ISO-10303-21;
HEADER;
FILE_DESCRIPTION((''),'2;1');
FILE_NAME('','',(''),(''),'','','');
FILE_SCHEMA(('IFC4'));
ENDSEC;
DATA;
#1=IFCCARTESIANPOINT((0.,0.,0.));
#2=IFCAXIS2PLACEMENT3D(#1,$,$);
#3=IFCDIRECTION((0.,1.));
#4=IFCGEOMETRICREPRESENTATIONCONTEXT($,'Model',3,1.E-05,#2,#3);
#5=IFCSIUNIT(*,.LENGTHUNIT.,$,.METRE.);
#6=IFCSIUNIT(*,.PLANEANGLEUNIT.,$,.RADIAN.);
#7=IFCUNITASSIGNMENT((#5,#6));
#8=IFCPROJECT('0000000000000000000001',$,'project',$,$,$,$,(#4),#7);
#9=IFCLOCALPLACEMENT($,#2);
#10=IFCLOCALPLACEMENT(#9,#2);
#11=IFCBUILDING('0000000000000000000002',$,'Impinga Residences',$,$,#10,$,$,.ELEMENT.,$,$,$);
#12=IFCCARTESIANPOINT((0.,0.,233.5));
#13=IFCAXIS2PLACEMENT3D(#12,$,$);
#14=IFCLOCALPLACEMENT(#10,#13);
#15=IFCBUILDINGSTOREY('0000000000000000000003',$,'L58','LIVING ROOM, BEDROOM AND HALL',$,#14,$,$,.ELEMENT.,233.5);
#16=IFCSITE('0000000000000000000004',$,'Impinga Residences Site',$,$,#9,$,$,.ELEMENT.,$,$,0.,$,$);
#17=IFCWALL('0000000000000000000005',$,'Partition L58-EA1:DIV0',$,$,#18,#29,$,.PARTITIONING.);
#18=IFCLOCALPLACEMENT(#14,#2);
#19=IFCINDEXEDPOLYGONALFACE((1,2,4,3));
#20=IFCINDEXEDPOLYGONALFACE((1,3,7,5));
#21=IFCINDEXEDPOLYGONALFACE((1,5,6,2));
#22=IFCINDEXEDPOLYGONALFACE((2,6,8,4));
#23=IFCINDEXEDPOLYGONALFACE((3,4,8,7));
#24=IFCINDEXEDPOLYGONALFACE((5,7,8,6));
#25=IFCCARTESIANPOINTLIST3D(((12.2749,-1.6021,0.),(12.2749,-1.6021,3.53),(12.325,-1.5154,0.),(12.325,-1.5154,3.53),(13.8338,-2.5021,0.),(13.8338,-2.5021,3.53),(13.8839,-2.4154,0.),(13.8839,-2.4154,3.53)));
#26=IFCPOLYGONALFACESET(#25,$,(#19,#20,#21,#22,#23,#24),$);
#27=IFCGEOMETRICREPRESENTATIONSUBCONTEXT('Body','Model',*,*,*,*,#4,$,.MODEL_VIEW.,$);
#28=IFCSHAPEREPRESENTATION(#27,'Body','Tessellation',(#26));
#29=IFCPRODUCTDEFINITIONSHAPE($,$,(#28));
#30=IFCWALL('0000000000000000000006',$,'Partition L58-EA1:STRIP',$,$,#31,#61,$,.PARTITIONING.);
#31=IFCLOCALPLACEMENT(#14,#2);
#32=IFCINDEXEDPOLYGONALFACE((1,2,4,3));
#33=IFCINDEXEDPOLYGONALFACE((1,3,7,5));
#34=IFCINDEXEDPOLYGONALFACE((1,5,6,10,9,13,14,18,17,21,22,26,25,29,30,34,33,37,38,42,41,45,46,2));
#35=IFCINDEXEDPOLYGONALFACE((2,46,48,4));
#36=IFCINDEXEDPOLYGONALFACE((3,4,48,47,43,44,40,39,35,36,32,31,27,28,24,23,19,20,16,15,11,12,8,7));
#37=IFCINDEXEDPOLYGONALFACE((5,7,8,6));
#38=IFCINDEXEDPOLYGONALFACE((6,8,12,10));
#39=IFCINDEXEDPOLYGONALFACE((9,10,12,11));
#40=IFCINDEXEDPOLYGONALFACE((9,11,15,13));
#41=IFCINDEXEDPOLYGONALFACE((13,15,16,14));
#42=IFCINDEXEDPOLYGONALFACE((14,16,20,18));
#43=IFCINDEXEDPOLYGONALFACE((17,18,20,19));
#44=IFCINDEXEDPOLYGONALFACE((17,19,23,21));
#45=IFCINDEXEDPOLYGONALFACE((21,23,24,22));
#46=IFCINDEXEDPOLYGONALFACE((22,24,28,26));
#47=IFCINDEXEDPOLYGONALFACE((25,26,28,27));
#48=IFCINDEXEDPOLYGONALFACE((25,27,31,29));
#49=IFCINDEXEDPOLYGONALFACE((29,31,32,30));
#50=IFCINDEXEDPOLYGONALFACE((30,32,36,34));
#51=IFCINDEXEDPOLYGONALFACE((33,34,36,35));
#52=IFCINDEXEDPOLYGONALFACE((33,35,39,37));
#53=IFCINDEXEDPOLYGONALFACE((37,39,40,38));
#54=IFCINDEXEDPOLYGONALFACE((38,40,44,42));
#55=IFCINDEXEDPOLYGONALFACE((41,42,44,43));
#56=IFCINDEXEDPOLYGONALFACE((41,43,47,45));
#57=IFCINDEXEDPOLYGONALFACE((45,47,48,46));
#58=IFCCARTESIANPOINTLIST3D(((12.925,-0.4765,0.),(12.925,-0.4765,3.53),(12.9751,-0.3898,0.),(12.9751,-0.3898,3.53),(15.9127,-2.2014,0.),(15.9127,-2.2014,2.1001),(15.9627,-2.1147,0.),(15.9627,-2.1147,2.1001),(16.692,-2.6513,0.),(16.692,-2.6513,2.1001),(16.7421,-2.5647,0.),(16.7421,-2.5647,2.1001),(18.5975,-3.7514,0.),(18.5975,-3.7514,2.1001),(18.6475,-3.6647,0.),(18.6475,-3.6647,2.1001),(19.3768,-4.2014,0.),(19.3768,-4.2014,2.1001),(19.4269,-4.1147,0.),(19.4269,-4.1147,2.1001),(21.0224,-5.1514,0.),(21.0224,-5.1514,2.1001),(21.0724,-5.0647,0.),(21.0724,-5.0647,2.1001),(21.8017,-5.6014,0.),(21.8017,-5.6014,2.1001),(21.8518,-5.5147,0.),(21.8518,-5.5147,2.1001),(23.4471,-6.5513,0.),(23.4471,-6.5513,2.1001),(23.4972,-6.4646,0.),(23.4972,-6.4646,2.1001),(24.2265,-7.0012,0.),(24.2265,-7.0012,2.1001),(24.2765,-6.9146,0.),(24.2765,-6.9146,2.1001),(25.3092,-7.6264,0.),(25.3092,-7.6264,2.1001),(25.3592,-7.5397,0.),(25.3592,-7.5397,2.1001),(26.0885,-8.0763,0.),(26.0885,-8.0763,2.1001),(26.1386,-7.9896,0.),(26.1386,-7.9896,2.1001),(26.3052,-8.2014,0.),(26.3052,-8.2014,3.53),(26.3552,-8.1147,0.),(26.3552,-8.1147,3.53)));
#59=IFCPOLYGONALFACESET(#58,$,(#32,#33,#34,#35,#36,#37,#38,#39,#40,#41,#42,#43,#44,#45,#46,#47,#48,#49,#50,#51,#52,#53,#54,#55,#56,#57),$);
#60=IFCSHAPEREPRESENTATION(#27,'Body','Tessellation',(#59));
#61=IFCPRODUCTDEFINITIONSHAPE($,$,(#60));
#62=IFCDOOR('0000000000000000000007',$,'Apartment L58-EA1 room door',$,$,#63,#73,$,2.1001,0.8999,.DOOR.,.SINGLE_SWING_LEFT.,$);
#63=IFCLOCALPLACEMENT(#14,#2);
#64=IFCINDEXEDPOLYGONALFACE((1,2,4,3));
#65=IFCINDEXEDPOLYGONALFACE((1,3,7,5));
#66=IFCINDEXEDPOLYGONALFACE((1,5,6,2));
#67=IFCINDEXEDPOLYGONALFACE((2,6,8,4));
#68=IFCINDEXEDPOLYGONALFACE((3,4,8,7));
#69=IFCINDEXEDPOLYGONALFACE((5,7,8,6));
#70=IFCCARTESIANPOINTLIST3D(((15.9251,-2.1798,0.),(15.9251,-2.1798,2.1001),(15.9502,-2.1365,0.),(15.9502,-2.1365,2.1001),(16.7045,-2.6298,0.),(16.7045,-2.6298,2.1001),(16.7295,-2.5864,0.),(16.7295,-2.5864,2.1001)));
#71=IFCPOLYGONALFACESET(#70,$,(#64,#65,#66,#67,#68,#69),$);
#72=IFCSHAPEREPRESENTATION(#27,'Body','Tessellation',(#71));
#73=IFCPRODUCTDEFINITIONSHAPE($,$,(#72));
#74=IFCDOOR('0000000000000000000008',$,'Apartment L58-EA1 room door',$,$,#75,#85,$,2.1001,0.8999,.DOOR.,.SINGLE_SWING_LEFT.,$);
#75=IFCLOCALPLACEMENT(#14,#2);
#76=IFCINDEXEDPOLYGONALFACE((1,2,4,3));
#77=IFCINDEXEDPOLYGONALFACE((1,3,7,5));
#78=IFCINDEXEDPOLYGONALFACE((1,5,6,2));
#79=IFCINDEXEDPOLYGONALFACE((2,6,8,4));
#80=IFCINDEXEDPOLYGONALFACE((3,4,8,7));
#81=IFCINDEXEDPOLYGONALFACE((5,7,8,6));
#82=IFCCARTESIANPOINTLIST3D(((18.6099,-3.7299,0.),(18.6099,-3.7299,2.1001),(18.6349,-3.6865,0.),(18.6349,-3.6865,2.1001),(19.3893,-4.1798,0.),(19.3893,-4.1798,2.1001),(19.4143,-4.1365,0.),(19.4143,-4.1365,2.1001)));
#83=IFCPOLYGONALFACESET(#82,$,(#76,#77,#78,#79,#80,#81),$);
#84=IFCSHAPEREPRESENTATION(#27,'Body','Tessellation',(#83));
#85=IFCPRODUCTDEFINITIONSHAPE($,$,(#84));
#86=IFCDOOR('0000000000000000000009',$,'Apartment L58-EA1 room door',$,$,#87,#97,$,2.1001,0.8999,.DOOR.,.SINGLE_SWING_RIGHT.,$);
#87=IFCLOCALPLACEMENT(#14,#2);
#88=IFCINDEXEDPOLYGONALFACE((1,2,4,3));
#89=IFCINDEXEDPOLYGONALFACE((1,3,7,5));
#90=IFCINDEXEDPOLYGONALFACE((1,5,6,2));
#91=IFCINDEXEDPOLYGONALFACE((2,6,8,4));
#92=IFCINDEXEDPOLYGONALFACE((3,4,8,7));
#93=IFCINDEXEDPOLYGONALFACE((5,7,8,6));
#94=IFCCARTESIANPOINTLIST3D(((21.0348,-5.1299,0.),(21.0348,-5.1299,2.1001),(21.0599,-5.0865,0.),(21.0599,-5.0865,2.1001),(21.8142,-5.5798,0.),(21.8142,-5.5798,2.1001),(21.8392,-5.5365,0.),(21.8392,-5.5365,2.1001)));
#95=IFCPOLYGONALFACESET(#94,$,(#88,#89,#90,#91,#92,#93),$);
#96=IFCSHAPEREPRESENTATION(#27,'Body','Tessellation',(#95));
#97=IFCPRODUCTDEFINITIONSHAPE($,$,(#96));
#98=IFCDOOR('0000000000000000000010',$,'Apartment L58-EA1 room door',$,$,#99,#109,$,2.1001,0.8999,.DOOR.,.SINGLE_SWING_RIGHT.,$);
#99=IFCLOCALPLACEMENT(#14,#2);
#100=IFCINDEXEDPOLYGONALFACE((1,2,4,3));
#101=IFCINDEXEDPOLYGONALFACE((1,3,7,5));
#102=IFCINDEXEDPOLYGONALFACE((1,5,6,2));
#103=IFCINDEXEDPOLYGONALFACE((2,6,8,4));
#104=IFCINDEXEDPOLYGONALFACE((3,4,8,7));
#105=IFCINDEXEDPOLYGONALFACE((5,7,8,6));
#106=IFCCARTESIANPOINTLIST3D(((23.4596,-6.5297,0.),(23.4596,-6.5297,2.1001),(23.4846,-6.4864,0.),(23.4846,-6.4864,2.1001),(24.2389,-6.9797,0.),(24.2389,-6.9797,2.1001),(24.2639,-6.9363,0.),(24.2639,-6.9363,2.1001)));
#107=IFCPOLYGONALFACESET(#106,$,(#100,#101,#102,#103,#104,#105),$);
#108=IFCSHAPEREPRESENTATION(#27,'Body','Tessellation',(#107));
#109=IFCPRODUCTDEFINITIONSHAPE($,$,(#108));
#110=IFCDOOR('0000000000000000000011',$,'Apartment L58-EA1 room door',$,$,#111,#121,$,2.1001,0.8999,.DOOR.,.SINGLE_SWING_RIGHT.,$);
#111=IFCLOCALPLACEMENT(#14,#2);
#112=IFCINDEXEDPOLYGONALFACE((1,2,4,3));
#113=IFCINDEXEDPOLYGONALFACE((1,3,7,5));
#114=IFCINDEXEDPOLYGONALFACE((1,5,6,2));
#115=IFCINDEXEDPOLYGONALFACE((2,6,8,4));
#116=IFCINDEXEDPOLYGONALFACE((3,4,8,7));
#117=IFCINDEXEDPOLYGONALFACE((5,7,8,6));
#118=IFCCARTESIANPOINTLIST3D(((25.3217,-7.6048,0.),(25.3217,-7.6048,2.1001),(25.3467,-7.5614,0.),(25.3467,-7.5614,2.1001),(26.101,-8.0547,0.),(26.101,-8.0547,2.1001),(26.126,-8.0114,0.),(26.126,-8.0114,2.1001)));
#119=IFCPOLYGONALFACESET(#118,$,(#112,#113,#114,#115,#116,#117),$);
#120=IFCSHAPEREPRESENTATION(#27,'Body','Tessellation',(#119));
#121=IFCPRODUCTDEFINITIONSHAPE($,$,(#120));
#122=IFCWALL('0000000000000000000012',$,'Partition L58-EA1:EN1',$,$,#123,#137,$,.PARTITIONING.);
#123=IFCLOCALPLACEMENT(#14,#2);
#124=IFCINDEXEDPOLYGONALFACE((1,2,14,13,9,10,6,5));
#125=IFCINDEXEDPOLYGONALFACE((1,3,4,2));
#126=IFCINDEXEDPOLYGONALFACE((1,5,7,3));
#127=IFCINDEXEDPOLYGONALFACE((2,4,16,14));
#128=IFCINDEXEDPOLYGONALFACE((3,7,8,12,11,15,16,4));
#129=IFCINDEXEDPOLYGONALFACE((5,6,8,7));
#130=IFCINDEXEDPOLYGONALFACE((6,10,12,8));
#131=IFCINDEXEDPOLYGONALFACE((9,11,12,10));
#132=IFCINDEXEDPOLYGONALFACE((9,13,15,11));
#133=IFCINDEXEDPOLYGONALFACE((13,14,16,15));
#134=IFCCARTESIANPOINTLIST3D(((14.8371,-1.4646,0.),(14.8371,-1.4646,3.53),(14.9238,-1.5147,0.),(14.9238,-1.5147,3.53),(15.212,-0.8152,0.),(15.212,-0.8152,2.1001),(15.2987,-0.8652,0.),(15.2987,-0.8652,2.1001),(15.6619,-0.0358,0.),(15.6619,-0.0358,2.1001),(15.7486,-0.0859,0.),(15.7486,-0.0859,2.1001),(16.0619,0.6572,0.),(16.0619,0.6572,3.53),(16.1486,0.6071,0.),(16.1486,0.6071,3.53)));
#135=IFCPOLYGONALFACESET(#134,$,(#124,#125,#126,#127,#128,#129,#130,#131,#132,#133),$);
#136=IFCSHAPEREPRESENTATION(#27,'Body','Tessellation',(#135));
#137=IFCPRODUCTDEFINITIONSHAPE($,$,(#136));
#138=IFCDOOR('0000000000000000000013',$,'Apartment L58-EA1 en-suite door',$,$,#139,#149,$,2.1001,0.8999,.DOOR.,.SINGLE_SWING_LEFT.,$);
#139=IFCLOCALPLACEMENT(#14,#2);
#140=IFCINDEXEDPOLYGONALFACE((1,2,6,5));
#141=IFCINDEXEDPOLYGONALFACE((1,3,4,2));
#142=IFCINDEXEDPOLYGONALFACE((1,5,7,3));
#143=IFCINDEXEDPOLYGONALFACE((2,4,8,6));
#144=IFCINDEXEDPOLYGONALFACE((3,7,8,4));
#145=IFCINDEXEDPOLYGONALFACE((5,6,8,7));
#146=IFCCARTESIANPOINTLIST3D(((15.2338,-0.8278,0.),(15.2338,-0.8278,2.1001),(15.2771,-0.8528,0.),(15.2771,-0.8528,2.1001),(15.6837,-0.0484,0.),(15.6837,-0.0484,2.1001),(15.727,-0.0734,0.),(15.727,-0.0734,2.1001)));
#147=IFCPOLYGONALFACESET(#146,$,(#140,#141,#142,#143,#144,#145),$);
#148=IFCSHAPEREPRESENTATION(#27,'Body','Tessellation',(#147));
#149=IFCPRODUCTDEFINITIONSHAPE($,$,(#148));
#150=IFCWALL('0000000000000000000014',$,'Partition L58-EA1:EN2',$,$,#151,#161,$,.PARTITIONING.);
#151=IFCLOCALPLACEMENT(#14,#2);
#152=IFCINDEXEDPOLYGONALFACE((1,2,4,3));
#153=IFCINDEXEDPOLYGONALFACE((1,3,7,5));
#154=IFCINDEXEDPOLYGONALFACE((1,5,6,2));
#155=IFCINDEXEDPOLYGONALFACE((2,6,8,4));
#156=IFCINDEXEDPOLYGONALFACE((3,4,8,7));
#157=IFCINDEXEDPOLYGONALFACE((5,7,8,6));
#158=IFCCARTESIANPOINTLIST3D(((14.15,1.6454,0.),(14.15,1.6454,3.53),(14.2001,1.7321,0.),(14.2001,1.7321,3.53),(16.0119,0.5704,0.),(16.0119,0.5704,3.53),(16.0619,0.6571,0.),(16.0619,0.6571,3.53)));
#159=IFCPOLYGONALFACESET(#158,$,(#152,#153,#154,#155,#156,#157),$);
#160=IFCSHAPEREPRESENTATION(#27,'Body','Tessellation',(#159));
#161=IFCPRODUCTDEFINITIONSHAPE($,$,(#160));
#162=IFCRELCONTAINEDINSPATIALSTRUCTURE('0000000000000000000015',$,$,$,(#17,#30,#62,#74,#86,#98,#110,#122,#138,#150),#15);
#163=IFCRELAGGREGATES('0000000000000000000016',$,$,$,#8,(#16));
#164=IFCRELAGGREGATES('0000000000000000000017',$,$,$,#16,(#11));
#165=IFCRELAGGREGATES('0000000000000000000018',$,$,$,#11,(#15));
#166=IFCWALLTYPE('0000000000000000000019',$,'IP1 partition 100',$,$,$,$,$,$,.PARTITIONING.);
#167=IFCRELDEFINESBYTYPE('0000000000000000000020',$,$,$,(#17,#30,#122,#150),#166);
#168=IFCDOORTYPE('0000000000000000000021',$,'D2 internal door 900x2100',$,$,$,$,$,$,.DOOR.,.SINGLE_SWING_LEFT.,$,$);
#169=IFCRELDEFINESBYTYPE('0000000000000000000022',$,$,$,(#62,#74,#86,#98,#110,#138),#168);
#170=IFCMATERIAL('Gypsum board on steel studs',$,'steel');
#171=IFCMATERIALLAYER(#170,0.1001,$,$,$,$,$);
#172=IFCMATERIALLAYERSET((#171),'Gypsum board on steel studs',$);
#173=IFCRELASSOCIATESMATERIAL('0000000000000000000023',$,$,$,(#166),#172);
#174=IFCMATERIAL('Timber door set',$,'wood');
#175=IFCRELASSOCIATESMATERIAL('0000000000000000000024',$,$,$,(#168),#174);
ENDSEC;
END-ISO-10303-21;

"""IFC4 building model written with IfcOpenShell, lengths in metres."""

from ifc_helpers import new_model, si_unit, direction, frame, frame_2d, origin, place, context, subcontext, project, spatial, rectangle, extrude, material, layer, layer_set, type_object, element, fill, save


model = new_model("IFC4")

# Units and contexts
model_context = context("Model", 3, precision=1e-05, world=origin(), true_north=direction((0.0, 1.0)))
body_context = subcontext(model_context, "Body", "Model", "MODEL_VIEW")
ifc_project = project(units=[si_unit("LENGTHUNIT", "METRE"), si_unit("PLANEANGLEUNIT", "RADIAN")], contexts=[model_context])

# Site, building, storey
site_placement = place(None, origin())
site = spatial("IfcSite", under=ifc_project, at=site_placement, Name="Impinga Residences Site", CompositionType="ELEMENT", RefElevation=0.0)
building_placement = place(site_placement, origin())
building = spatial("IfcBuilding", under=site, at=building_placement, Name="Impinga Residences", CompositionType="ELEMENT")
storey_placement = place(building_placement, frame((0.0, 0.0, 233.5)))
storey = spatial("IfcBuildingStorey", under=building, at=storey_placement, Name="L58", Description="LIVING ROOM, BEDROOM AND HALL", CompositionType="ELEMENT", Elevation=233.5)

# Wall
ifc_material_1 = material(Name="Gypsum board on steel studs", Category="steel")
ifc_layer_1 = layer(ifc_material_1, 0.1001)
ifc_layer_set_1 = layer_set([ifc_layer_1], Name="Gypsum board on steel studs")
wall_type_1 = type_object("IfcWallType", Name="IP1 partition 100", PredefinedType="PARTITIONING", material=ifc_layer_set_1)
wall_1_placement = place(storey_placement, frame((12.3, -1.5588, 0.0), z_axis=(0.0, 0.0, 1.0), x_axis=(0.866048, -0.499961, 0.0)))
element("IfcWall", 1, at=wall_1_placement, inside=storey, type_object=wall_type_1, Name="Partition L58-EA1:DIV0", PredefinedType="PARTITIONING", context=body_context, shape_type="SweptSolid", body=[
    extrude(rectangle(XDim=1.8, YDim=0.1001, at=frame_2d((0.8999, 0.0))), origin(), (0.0, 0.0, 1.0), 3.53),
])

# Wall, openings, doors
wall_2_placement = place(storey_placement, frame((12.95, -0.4331, 0.0), z_axis=(0.0, 0.0, 1.0), x_axis=(0.86603, -0.499992, 0.0)))
wall_2 = element("IfcWall", 2, at=wall_2_placement, inside=storey, type_object=wall_type_1, Name="Partition L58-EA1:STRIP", PredefinedType="PARTITIONING", context=body_context, shape_type="SweptSolid", body=[
    extrude(rectangle(XDim=15.45, YDim=0.1001, at=frame_2d((7.7251, 0.0))), origin(), (0.0, 0.0, 1.0), 3.53),
])
opening_1_placement = place(wall_2_placement, frame((3.45, 0.0, 0.0)))
opening_1 = element("IfcOpeningElement", 3, at=opening_1_placement, cuts=wall_2, PredefinedType="OPENING", context=body_context, shape_type="SweptSolid", body=[
    extrude(rectangle(XDim=0.8999, YDim=2.1001, at=frame_2d((0.45, 1.05))), frame((0.0, 0.0601, 0.0), z_axis=(0.0, -1.0, 0.0), x_axis=(1.0, 0.0, 0.0)), (0.0, 0.0, 1.0), 0.1201),
])
opening_2_placement = place(wall_2_placement, frame((6.55, 0.0, 0.0)))
opening_2 = element("IfcOpeningElement", 4, at=opening_2_placement, cuts=wall_2, PredefinedType="OPENING", context=body_context, shape_type="SweptSolid", body=[
    extrude(rectangle(XDim=0.8999, YDim=2.1001, at=frame_2d((0.45, 1.05))), frame((0.0, 0.0601, 0.0), z_axis=(0.0, -1.0, 0.0), x_axis=(1.0, 0.0, 0.0)), (0.0, 0.0, 1.0), 0.1201),
])
opening_3_placement = place(wall_2_placement, frame((9.3501, 0.0, 0.0)))
opening_3 = element("IfcOpeningElement", 5, at=opening_3_placement, cuts=wall_2, PredefinedType="OPENING", context=body_context, shape_type="SweptSolid", body=[
    extrude(rectangle(XDim=0.8999, YDim=2.1001, at=frame_2d((0.45, 1.05))), frame((0.0, 0.0601, 0.0), z_axis=(0.0, -1.0, 0.0), x_axis=(1.0, 0.0, 0.0)), (0.0, 0.0, 1.0), 0.1201),
])
opening_4_placement = place(wall_2_placement, frame((12.1499, 0.0, 0.0)))
opening_4 = element("IfcOpeningElement", 6, at=opening_4_placement, cuts=wall_2, PredefinedType="OPENING", context=body_context, shape_type="SweptSolid", body=[
    extrude(rectangle(XDim=0.8999, YDim=2.1001, at=frame_2d((0.45, 1.05))), frame((0.0, 0.0601, 0.0), z_axis=(0.0, -1.0, 0.0), x_axis=(1.0, 0.0, 0.0)), (0.0, 0.0, 1.0), 0.1201),
])
opening_5_placement = place(wall_2_placement, frame((14.3, 0.0, 0.0)))
opening_5 = element("IfcOpeningElement", 7, at=opening_5_placement, cuts=wall_2, PredefinedType="OPENING", context=body_context, shape_type="SweptSolid", body=[
    extrude(rectangle(XDim=0.8999, YDim=2.1001, at=frame_2d((0.45, 1.05))), frame((0.0, 0.0601, 0.0), z_axis=(0.0, -1.0, 0.0), x_axis=(1.0, 0.0, 0.0)), (0.0, 0.0, 1.0), 0.1201),
])
ifc_material_2 = material(Name="Timber door set", Category="wood")
door_type_1 = type_object("IfcDoorType", Name="D2 internal door 900x2100", OperationType="SINGLE_SWING_LEFT", PredefinedType="DOOR", material=ifc_material_2)
door_1_placement = place(opening_1_placement, origin())
door_1 = element("IfcDoor", 8, at=door_1_placement, inside=storey, type_object=door_type_1, Name="Apartment L58-EA1 room door", OperationType="SINGLE_SWING_LEFT", OverallHeight=2.1001, OverallWidth=0.8999, PredefinedType="DOOR", context=body_context, shape_type="SweptSolid", body=[
    extrude(rectangle(XDim=0.8999, YDim=2.1001, at=frame_2d((0.45, 1.05))), frame((0.0, 0.0249, 0.0), z_axis=(0.0, -1.0, 0.0), x_axis=(1.0, 0.0, 0.0)), (0.0, 0.0, 1.0), 0.05),
])
fill(opening_1, door_1)
door_2_placement = place(opening_2_placement, origin())
door_2 = element("IfcDoor", 9, at=door_2_placement, inside=storey, type_object=door_type_1, Name="Apartment L58-EA1 room door", OperationType="SINGLE_SWING_LEFT", OverallHeight=2.1001, OverallWidth=0.8999, PredefinedType="DOOR", context=body_context, shape_type="SweptSolid", body=[
    extrude(rectangle(XDim=0.8999, YDim=2.1001, at=frame_2d((0.45, 1.05))), frame((0.0, 0.0249, 0.0), z_axis=(0.0, -1.0, 0.0), x_axis=(1.0, 0.0, 0.0)), (0.0, 0.0, 1.0), 0.05),
])
fill(opening_2, door_2)
door_3_placement = place(opening_3_placement, origin())
door_3 = element("IfcDoor", 10, at=door_3_placement, inside=storey, type_object=door_type_1, Name="Apartment L58-EA1 room door", OperationType="SINGLE_SWING_RIGHT", OverallHeight=2.1001, OverallWidth=0.8999, PredefinedType="DOOR", context=body_context, shape_type="SweptSolid", body=[
    extrude(rectangle(XDim=0.8999, YDim=2.1001, at=frame_2d((0.45, 1.05))), frame((0.0, 0.0249, 0.0), z_axis=(0.0, -1.0, 0.0), x_axis=(1.0, 0.0, 0.0)), (0.0, 0.0, 1.0), 0.05),
])
fill(opening_3, door_3)
door_4_placement = place(opening_4_placement, origin())
door_4 = element("IfcDoor", 11, at=door_4_placement, inside=storey, type_object=door_type_1, Name="Apartment L58-EA1 room door", OperationType="SINGLE_SWING_RIGHT", OverallHeight=2.1001, OverallWidth=0.8999, PredefinedType="DOOR", context=body_context, shape_type="SweptSolid", body=[
    extrude(rectangle(XDim=0.8999, YDim=2.1001, at=frame_2d((0.45, 1.05))), frame((0.0, 0.0249, 0.0), z_axis=(0.0, -1.0, 0.0), x_axis=(1.0, 0.0, 0.0)), (0.0, 0.0, 1.0), 0.05),
])
fill(opening_4, door_4)
door_5_placement = place(opening_5_placement, origin())
door_5 = element("IfcDoor", 12, at=door_5_placement, inside=storey, type_object=door_type_1, Name="Apartment L58-EA1 room door", OperationType="SINGLE_SWING_RIGHT", OverallHeight=2.1001, OverallWidth=0.8999, PredefinedType="DOOR", context=body_context, shape_type="SweptSolid", body=[
    extrude(rectangle(XDim=0.8999, YDim=2.1001, at=frame_2d((0.45, 1.05))), frame((0.0, 0.0249, 0.0), z_axis=(0.0, -1.0, 0.0), x_axis=(1.0, 0.0, 0.0)), (0.0, 0.0, 1.0), 0.05),
])
fill(opening_5, door_5)

# Wall, opening, door
wall_3_placement = place(storey_placement, frame((14.8804, -1.4897, 0.0), z_axis=(0.0, 0.0, 1.0), x_axis=(0.499944, 0.866058, 0.0)))
wall_3 = element("IfcWall", 13, at=wall_3_placement, inside=storey, type_object=wall_type_1, Name="Partition L58-EA1:EN1", PredefinedType="PARTITIONING", context=body_context, shape_type="SweptSolid", body=[
    extrude(rectangle(XDim=2.45, YDim=0.1001, at=frame_2d((1.2251, 0.0))), origin(), (0.0, 0.0, 1.0), 3.53),
])
opening_6_placement = place(wall_3_placement, frame((0.75, 0.0, 0.0)))
opening_6 = element("IfcOpeningElement", 14, at=opening_6_placement, cuts=wall_3, PredefinedType="OPENING", context=body_context, shape_type="SweptSolid", body=[
    extrude(rectangle(XDim=0.8999, YDim=2.1001, at=frame_2d((0.45, 1.05))), frame((0.0, 0.0601, 0.0), z_axis=(0.0, -1.0, 0.0), x_axis=(1.0, 0.0, 0.0)), (0.0, 0.0, 1.0), 0.1201),
])
door_6_placement = place(opening_6_placement, origin())
door_6 = element("IfcDoor", 15, at=door_6_placement, inside=storey, type_object=door_type_1, Name="Apartment L58-EA1 en-suite door", OperationType="SINGLE_SWING_LEFT", OverallHeight=2.1001, OverallWidth=0.8999, PredefinedType="DOOR", context=body_context, shape_type="SweptSolid", body=[
    extrude(rectangle(XDim=0.8999, YDim=2.1001, at=frame_2d((0.45, 1.05))), frame((0.0, 0.0249, 0.0), z_axis=(0.0, -1.0, 0.0), x_axis=(1.0, 0.0, 0.0)), (0.0, 0.0, 1.0), 0.05),
])
fill(opening_6, door_6)

# Wall
wall_4_placement = place(storey_placement, frame((14.175, 1.6887, 0.0), z_axis=(0.0, 0.0, 1.0), x_axis=(0.866019, -0.500011, 0.0)))
element("IfcWall", 16, at=wall_4_placement, inside=storey, type_object=wall_type_1, Name="Partition L58-EA1:EN2", PredefinedType="PARTITIONING", context=body_context, shape_type="SweptSolid", body=[
    extrude(rectangle(XDim=2.1499, YDim=0.1001, at=frame_2d((1.075, 0.0))), origin(), (0.0, 0.0, 1.0), 3.53),
])

save(model, "model.ifc")
